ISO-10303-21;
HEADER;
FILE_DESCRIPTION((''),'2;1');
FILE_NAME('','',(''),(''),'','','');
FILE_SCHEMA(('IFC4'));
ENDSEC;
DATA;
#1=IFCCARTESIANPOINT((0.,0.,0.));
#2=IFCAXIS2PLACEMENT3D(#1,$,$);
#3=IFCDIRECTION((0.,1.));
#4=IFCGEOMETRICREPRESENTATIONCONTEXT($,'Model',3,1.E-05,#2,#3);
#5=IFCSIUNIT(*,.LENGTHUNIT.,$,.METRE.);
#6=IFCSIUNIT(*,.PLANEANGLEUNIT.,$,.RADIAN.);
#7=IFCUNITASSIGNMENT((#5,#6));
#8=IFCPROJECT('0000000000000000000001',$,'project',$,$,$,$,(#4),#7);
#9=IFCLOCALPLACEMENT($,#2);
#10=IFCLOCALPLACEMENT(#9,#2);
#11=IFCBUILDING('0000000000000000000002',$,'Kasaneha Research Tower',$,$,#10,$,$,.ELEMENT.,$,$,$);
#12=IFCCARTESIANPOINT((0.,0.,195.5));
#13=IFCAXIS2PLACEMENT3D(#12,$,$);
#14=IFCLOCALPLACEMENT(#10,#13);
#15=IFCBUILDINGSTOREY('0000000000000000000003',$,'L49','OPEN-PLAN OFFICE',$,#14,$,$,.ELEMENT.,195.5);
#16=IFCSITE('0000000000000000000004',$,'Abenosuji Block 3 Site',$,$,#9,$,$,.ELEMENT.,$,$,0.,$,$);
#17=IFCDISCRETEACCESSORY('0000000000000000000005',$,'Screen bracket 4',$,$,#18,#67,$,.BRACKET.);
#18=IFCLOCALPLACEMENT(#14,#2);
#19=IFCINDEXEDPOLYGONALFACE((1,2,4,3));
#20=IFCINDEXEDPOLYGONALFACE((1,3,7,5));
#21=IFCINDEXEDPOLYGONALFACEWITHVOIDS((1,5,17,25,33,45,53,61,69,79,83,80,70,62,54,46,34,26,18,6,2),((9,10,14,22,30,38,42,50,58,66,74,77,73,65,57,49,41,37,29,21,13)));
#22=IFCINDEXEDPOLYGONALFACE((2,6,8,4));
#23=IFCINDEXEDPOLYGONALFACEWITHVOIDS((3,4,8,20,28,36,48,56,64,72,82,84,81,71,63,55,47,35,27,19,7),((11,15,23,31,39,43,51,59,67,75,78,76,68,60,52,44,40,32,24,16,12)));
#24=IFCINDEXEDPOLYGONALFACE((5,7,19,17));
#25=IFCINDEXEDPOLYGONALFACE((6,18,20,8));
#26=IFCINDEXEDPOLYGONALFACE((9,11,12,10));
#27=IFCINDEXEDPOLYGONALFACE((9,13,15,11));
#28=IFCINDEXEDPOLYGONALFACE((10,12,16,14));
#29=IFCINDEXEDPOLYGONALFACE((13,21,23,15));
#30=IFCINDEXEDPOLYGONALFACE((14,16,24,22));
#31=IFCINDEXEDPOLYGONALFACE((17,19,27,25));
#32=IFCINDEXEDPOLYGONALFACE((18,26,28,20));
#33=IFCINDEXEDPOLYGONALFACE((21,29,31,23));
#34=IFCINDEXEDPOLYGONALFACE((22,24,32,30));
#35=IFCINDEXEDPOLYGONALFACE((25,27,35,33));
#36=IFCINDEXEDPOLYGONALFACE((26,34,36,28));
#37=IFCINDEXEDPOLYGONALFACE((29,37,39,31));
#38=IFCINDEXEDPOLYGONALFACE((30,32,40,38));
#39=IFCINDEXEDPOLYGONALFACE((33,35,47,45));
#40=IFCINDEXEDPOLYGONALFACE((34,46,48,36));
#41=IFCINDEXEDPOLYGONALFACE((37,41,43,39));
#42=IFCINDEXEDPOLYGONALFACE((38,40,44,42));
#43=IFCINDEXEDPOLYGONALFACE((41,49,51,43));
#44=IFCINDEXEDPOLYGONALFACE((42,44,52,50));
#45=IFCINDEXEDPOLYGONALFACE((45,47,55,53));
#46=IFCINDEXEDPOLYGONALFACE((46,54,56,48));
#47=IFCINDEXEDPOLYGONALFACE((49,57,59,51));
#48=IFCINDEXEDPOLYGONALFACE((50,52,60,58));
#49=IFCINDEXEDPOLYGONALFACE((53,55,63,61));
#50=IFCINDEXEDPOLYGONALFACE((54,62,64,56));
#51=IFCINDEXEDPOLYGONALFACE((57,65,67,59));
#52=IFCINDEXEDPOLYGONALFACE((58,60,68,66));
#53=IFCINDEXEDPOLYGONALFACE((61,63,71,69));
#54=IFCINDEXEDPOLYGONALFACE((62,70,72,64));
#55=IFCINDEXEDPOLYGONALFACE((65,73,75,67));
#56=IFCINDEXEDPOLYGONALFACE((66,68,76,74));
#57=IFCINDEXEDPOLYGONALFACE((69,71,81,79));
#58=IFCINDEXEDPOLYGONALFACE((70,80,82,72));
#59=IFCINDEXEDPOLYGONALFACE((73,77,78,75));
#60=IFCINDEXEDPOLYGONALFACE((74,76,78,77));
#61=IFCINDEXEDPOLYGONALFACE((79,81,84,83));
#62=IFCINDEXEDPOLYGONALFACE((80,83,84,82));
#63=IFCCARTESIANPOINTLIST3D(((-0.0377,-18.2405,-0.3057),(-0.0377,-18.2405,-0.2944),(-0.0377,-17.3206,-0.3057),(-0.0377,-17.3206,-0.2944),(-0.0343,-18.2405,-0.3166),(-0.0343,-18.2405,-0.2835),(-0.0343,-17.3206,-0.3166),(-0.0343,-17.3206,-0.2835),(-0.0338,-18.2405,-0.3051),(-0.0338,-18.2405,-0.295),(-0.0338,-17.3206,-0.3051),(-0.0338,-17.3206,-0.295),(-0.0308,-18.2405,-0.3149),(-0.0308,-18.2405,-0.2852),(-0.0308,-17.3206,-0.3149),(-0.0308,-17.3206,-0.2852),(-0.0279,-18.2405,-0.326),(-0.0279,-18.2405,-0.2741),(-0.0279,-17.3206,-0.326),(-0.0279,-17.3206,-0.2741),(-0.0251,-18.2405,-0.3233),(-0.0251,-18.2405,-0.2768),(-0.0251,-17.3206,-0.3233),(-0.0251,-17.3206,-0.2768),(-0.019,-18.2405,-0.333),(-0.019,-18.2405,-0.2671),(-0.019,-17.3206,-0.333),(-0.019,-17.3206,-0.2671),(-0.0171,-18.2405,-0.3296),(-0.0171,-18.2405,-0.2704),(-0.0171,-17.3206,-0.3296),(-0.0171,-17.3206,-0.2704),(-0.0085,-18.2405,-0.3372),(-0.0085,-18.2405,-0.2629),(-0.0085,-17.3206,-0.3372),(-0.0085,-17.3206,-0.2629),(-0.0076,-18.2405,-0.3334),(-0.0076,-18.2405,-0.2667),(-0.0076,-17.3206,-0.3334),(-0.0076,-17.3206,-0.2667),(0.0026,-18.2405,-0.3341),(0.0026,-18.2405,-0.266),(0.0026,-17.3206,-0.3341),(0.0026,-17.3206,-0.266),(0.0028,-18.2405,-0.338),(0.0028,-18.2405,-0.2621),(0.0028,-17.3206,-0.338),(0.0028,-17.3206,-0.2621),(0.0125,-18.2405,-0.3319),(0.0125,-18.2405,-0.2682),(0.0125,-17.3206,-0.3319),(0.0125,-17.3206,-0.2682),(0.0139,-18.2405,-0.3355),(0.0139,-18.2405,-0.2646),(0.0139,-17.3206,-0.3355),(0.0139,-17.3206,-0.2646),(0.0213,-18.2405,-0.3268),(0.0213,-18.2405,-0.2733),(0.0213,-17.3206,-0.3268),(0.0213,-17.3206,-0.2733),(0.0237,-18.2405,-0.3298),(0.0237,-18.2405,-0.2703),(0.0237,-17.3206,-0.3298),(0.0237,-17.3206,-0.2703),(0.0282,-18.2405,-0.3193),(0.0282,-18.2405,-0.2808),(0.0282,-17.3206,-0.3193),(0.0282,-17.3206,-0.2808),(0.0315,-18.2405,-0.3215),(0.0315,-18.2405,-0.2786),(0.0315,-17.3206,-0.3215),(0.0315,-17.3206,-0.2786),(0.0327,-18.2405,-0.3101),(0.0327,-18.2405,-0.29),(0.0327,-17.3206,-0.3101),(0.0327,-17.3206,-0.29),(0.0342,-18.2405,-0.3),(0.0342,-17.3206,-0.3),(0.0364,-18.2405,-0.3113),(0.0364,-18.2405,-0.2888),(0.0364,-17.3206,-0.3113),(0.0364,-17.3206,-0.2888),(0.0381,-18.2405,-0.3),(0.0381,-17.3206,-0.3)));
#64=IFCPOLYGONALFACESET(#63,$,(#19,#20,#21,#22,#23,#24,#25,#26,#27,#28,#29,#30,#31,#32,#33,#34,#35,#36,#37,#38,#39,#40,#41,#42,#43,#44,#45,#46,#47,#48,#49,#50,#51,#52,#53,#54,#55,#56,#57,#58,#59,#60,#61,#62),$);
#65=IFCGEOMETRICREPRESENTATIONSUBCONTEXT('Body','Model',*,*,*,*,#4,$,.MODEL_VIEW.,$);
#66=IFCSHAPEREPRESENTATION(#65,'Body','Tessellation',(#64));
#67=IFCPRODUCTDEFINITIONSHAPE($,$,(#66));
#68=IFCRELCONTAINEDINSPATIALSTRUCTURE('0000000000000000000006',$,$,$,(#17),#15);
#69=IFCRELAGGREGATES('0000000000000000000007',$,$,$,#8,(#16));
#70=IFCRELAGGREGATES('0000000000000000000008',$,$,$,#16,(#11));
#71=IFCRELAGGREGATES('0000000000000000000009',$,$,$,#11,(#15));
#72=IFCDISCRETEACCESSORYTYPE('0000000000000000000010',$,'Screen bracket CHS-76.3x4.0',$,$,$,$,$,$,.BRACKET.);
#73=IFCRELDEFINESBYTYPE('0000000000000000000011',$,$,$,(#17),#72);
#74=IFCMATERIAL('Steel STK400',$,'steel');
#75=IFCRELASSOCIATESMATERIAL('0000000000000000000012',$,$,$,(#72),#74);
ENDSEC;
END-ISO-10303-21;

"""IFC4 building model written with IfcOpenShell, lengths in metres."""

from ifc_helpers import new_model, si_unit, direction, frame, origin, origin_2d, place, context, subcontext, project, spatial, hollow_circle, extrude, material, material_profile, profile_set, type_object, element, save


model = new_model("IFC4")

# Units and contexts
model_context = context("Model", 3, precision=1e-05, world=origin(), true_north=direction((0.0, 1.0)))
body_context = subcontext(model_context, "Body", "Model", "MODEL_VIEW")
ifc_project = project(units=[si_unit("LENGTHUNIT", "METRE"), si_unit("PLANEANGLEUNIT", "RADIAN")], contexts=[model_context])

# Site, building, storey
site_placement = place(None, origin())
site = spatial("IfcSite", under=ifc_project, at=site_placement, Name="Abenosuji Block 3 Site", CompositionType="ELEMENT", RefElevation=0.0)
building_placement = place(site_placement, origin())
building = spatial("IfcBuilding", under=site, at=building_placement, Name="Kasaneha Research Tower", CompositionType="ELEMENT")
storey_placement = place(building_placement, frame((0.0, 0.0, 195.5)))
storey = spatial("IfcBuildingStorey", under=building, at=storey_placement, Name="L49", Description="OPEN-PLAN OFFICE", CompositionType="ELEMENT", Elevation=195.5)

# Discrete accessory
ifc_material_1 = material(Name="Steel STK400", Category="steel")
ifc_material_profile_1 = material_profile(ifc_material_1, hollow_circle(Radius=0.0381, WallThickness=0.0039, at=origin_2d()), Name="CHS-76.3x4.0")
ifc_profile_set_1 = profile_set([ifc_material_profile_1], Name="Steel STK400")
discrete_accessory_type = type_object("IfcDiscreteAccessoryType", Name="Screen bracket CHS-76.3x4.0", PredefinedType="BRACKET", material=ifc_profile_set_1)
for number, where, z_axis, x_axis, name in (
    (1, (0.0, -17.3206, -0.3), (0.0, -1.0, 0.0), (1.0, 0.0, 0.0), "Screen bracket 4"),
):
    element("IfcDiscreteAccessory", number, at=place(storey_placement, frame(where, z_axis=z_axis, x_axis=x_axis)), inside=storey, type_object=discrete_accessory_type, Name=name, PredefinedType="BRACKET", context=body_context, shape_type="SweptSolid", body=[
        extrude(hollow_circle(Radius=0.0381, WallThickness=0.0039, at=origin_2d()), origin(), (0.0, 0.0, 1.0), 0.9199),
    ])

save(model, "model.ifc")
